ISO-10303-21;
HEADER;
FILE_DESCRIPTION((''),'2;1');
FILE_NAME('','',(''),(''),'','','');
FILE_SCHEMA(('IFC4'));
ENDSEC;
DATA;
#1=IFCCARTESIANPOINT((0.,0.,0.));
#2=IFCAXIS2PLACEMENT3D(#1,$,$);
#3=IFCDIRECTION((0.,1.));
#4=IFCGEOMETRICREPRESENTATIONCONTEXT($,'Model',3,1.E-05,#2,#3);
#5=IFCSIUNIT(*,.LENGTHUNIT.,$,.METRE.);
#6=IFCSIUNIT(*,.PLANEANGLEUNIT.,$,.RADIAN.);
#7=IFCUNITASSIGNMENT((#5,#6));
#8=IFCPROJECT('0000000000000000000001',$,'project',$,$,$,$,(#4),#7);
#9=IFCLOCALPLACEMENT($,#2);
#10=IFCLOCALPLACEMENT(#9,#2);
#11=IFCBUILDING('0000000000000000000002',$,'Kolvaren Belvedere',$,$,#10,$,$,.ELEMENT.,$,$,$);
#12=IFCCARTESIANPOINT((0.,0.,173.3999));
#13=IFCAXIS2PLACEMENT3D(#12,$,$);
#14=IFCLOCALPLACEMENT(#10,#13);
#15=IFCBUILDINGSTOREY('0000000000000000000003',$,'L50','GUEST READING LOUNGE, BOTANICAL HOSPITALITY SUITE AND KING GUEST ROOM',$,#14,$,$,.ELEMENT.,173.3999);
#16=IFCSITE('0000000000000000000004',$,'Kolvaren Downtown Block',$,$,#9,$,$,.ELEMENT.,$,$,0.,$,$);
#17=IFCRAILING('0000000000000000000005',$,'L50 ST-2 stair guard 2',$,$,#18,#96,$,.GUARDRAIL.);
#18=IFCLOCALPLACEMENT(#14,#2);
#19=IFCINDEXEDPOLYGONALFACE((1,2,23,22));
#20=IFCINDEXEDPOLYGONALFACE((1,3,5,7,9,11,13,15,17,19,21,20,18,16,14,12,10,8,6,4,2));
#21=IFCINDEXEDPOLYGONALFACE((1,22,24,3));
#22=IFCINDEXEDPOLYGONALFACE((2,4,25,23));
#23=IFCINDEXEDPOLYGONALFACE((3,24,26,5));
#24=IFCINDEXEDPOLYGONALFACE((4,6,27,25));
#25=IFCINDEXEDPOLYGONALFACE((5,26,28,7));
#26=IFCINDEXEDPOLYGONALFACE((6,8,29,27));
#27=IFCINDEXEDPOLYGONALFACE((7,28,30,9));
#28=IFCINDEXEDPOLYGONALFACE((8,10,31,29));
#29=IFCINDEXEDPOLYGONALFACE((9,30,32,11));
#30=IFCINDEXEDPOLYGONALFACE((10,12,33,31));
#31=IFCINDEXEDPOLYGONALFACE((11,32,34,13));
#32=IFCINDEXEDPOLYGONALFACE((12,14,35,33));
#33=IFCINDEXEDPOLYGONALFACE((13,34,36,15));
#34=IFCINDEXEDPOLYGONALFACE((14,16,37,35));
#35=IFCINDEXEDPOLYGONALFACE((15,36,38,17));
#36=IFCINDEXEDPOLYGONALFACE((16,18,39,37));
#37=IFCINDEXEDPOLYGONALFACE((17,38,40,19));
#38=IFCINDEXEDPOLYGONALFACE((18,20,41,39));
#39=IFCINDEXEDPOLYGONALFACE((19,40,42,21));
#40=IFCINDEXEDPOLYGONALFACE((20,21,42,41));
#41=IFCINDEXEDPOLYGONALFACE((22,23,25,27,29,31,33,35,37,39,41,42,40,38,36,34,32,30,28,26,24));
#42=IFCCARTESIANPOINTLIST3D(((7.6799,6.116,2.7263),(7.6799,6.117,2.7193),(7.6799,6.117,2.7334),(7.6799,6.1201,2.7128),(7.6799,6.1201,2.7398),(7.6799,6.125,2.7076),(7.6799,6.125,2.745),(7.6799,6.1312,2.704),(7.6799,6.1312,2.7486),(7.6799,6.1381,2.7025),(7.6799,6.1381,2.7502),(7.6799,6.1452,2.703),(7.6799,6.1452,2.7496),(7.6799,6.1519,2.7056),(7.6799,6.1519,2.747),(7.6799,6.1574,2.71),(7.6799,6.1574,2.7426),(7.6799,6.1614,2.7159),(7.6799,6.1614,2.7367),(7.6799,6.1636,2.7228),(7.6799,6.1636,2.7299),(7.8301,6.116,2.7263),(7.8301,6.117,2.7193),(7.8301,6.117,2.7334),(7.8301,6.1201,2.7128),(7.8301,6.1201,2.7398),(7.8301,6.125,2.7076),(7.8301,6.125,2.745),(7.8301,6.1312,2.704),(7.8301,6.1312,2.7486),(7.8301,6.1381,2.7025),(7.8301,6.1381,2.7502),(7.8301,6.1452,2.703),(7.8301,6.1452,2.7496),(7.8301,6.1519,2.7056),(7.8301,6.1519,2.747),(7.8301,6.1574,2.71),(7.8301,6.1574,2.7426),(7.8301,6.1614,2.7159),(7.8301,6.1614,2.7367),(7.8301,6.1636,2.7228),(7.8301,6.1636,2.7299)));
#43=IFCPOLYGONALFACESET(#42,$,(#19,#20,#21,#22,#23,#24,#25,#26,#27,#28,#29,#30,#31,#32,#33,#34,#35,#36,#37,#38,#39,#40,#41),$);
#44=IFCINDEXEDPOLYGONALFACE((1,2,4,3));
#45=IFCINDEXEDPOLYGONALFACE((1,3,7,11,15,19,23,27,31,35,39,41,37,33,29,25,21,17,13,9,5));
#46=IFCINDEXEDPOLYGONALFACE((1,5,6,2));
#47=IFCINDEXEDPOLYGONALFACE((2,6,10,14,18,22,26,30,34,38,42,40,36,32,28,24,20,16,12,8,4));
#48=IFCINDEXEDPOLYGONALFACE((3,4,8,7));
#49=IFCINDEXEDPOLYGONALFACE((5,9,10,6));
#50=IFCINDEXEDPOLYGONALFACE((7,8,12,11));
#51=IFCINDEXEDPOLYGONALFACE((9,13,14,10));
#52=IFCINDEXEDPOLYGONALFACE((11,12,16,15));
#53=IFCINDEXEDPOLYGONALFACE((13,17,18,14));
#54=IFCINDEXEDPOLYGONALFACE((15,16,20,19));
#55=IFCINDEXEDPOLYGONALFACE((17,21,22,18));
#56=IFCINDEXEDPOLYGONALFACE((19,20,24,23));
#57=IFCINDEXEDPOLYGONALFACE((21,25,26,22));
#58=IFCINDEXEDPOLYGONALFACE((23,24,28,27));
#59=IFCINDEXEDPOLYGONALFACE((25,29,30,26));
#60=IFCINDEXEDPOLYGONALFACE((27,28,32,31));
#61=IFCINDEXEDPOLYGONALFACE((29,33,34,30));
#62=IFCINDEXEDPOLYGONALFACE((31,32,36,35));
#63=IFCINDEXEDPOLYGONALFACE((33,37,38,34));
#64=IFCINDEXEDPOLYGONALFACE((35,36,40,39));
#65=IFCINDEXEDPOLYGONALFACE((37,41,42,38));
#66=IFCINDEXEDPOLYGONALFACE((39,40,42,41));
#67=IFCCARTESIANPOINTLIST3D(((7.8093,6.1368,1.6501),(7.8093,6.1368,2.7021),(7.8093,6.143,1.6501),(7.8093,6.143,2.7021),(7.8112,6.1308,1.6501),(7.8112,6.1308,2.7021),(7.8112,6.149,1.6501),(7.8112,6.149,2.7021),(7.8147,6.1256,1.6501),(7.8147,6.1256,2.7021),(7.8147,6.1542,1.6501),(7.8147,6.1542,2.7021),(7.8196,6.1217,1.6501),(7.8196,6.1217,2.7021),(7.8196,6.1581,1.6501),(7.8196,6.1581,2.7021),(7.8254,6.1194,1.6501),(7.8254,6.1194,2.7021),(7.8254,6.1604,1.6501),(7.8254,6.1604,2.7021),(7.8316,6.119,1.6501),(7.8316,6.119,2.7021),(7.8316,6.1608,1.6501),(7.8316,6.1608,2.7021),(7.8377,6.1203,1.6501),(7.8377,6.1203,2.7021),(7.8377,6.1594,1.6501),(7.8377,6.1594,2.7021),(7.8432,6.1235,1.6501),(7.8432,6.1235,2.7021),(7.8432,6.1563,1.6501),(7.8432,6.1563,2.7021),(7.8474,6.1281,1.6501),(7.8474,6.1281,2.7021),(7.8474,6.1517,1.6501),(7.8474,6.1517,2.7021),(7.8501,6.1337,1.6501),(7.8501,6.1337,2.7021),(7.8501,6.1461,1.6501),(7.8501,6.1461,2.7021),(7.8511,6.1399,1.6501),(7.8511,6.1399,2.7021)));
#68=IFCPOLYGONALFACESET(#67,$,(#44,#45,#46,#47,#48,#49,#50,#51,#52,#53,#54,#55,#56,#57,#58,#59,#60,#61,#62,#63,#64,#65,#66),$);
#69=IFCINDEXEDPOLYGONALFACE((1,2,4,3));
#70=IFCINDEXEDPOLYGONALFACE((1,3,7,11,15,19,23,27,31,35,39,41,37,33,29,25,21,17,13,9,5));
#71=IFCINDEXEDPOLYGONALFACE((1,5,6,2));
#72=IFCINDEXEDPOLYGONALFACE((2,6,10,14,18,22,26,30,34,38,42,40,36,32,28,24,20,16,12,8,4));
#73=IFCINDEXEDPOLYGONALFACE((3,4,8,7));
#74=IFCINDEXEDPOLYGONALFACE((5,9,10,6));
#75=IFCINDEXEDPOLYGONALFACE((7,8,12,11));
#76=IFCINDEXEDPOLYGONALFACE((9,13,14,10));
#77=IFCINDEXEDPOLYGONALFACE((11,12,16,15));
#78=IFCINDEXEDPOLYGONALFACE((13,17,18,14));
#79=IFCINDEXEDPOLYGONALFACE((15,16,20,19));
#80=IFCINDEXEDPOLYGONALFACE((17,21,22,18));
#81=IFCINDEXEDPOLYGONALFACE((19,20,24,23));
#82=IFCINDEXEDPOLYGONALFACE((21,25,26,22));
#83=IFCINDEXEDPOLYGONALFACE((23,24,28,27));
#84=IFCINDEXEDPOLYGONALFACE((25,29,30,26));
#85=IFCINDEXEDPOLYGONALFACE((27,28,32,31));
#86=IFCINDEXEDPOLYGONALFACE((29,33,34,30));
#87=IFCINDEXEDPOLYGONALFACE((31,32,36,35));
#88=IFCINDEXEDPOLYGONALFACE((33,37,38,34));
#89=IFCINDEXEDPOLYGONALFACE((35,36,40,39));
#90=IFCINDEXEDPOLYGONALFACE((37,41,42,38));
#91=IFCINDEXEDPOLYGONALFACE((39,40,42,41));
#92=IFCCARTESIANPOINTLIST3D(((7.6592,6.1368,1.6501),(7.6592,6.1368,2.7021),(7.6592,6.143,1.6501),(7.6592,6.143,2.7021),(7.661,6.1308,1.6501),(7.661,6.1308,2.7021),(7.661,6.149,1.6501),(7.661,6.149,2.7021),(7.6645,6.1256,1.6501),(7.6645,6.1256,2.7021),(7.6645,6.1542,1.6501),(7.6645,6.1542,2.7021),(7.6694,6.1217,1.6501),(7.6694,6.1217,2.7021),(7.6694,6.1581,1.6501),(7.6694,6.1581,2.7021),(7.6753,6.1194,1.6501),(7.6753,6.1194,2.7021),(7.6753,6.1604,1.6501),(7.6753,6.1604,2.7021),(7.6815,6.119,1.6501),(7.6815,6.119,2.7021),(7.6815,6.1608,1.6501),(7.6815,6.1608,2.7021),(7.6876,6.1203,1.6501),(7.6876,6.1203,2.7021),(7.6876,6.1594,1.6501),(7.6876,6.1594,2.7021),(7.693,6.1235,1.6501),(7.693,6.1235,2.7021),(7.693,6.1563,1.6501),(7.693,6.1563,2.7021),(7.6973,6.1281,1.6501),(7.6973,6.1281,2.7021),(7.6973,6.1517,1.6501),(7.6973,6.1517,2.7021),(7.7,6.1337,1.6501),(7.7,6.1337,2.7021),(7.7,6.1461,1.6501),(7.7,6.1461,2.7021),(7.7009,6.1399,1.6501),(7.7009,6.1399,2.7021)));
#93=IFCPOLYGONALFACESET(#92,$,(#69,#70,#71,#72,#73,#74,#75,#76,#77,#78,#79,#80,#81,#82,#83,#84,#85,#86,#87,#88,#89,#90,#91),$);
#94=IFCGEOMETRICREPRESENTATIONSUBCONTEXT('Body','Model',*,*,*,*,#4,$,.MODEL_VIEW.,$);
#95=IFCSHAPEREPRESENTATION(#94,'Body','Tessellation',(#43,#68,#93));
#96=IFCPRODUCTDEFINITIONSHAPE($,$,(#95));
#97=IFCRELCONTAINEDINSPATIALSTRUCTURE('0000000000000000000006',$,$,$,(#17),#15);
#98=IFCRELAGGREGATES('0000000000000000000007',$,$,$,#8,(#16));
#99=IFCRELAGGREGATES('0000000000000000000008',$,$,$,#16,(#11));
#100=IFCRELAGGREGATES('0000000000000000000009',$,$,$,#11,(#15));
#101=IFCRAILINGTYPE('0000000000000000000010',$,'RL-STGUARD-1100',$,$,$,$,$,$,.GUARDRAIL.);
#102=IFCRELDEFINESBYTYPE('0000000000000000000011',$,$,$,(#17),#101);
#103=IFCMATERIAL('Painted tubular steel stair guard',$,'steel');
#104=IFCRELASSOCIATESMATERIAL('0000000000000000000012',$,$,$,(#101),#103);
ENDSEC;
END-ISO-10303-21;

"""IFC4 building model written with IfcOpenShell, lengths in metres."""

from ifc_helpers import new_model, si_unit, direction, frame, origin, origin_2d, place, context, subcontext, project, spatial, circle, extrude, material, type_object, element, save


model = new_model("IFC4")

# Units and contexts
model_context = context("Model", 3, precision=1e-05, world=origin(), true_north=direction((0.0, 1.0)))
body_context = subcontext(model_context, "Body", "Model", "MODEL_VIEW")
ifc_project = project(units=[si_unit("LENGTHUNIT", "METRE"), si_unit("PLANEANGLEUNIT", "RADIAN")], contexts=[model_context])

# Site, building, storey
site_placement = place(None, origin())
site = spatial("IfcSite", under=ifc_project, at=site_placement, Name="Kolvaren Downtown Block", CompositionType="ELEMENT", RefElevation=0.0)
building_placement = place(site_placement, origin())
building = spatial("IfcBuilding", under=site, at=building_placement, Name="Kolvaren Belvedere", CompositionType="ELEMENT")
storey_placement = place(building_placement, frame((0.0, 0.0, 173.3999)))
storey = spatial("IfcBuildingStorey", under=building, at=storey_placement, Name="L50", Description="GUEST READING LOUNGE, BOTANICAL HOSPITALITY SUITE AND KING GUEST ROOM", CompositionType="ELEMENT", Elevation=173.3999)

# Railing
ifc_material_1 = material(Name="Painted tubular steel stair guard", Category="steel")
railing_type_1 = type_object("IfcRailingType", Name="RL-STGUARD-1100", PredefinedType="GUARDRAIL", material=ifc_material_1)
railing_1_placement = place(storey_placement, frame((7.8301, 6.1399, 1.6501)))
element("IfcRailing", 1, at=railing_1_placement, inside=storey, type_object=railing_type_1, Name="L50 ST-2 stair guard 2", PredefinedType="GUARDRAIL", context=body_context, shape_type="SweptSolid", body=[
    extrude(circle(Radius=0.0239, at=origin_2d()), frame((0.0, 0.0, 1.0762), z_axis=(-1.0, 0.0, 0.0), x_axis=(0.0, -1.0, 0.0)), (0.0, 0.0, 1.0), 0.1501),
    extrude(circle(Radius=0.021, at=origin_2d()), origin(), (0.0, 0.0, 1.0), 1.052),
    extrude(circle(Radius=0.021, at=origin_2d()), frame((-0.1501, 0.0, 0.0)), (0.0, 0.0, 1.0), 1.052),
])

save(model, "model.ifc")
